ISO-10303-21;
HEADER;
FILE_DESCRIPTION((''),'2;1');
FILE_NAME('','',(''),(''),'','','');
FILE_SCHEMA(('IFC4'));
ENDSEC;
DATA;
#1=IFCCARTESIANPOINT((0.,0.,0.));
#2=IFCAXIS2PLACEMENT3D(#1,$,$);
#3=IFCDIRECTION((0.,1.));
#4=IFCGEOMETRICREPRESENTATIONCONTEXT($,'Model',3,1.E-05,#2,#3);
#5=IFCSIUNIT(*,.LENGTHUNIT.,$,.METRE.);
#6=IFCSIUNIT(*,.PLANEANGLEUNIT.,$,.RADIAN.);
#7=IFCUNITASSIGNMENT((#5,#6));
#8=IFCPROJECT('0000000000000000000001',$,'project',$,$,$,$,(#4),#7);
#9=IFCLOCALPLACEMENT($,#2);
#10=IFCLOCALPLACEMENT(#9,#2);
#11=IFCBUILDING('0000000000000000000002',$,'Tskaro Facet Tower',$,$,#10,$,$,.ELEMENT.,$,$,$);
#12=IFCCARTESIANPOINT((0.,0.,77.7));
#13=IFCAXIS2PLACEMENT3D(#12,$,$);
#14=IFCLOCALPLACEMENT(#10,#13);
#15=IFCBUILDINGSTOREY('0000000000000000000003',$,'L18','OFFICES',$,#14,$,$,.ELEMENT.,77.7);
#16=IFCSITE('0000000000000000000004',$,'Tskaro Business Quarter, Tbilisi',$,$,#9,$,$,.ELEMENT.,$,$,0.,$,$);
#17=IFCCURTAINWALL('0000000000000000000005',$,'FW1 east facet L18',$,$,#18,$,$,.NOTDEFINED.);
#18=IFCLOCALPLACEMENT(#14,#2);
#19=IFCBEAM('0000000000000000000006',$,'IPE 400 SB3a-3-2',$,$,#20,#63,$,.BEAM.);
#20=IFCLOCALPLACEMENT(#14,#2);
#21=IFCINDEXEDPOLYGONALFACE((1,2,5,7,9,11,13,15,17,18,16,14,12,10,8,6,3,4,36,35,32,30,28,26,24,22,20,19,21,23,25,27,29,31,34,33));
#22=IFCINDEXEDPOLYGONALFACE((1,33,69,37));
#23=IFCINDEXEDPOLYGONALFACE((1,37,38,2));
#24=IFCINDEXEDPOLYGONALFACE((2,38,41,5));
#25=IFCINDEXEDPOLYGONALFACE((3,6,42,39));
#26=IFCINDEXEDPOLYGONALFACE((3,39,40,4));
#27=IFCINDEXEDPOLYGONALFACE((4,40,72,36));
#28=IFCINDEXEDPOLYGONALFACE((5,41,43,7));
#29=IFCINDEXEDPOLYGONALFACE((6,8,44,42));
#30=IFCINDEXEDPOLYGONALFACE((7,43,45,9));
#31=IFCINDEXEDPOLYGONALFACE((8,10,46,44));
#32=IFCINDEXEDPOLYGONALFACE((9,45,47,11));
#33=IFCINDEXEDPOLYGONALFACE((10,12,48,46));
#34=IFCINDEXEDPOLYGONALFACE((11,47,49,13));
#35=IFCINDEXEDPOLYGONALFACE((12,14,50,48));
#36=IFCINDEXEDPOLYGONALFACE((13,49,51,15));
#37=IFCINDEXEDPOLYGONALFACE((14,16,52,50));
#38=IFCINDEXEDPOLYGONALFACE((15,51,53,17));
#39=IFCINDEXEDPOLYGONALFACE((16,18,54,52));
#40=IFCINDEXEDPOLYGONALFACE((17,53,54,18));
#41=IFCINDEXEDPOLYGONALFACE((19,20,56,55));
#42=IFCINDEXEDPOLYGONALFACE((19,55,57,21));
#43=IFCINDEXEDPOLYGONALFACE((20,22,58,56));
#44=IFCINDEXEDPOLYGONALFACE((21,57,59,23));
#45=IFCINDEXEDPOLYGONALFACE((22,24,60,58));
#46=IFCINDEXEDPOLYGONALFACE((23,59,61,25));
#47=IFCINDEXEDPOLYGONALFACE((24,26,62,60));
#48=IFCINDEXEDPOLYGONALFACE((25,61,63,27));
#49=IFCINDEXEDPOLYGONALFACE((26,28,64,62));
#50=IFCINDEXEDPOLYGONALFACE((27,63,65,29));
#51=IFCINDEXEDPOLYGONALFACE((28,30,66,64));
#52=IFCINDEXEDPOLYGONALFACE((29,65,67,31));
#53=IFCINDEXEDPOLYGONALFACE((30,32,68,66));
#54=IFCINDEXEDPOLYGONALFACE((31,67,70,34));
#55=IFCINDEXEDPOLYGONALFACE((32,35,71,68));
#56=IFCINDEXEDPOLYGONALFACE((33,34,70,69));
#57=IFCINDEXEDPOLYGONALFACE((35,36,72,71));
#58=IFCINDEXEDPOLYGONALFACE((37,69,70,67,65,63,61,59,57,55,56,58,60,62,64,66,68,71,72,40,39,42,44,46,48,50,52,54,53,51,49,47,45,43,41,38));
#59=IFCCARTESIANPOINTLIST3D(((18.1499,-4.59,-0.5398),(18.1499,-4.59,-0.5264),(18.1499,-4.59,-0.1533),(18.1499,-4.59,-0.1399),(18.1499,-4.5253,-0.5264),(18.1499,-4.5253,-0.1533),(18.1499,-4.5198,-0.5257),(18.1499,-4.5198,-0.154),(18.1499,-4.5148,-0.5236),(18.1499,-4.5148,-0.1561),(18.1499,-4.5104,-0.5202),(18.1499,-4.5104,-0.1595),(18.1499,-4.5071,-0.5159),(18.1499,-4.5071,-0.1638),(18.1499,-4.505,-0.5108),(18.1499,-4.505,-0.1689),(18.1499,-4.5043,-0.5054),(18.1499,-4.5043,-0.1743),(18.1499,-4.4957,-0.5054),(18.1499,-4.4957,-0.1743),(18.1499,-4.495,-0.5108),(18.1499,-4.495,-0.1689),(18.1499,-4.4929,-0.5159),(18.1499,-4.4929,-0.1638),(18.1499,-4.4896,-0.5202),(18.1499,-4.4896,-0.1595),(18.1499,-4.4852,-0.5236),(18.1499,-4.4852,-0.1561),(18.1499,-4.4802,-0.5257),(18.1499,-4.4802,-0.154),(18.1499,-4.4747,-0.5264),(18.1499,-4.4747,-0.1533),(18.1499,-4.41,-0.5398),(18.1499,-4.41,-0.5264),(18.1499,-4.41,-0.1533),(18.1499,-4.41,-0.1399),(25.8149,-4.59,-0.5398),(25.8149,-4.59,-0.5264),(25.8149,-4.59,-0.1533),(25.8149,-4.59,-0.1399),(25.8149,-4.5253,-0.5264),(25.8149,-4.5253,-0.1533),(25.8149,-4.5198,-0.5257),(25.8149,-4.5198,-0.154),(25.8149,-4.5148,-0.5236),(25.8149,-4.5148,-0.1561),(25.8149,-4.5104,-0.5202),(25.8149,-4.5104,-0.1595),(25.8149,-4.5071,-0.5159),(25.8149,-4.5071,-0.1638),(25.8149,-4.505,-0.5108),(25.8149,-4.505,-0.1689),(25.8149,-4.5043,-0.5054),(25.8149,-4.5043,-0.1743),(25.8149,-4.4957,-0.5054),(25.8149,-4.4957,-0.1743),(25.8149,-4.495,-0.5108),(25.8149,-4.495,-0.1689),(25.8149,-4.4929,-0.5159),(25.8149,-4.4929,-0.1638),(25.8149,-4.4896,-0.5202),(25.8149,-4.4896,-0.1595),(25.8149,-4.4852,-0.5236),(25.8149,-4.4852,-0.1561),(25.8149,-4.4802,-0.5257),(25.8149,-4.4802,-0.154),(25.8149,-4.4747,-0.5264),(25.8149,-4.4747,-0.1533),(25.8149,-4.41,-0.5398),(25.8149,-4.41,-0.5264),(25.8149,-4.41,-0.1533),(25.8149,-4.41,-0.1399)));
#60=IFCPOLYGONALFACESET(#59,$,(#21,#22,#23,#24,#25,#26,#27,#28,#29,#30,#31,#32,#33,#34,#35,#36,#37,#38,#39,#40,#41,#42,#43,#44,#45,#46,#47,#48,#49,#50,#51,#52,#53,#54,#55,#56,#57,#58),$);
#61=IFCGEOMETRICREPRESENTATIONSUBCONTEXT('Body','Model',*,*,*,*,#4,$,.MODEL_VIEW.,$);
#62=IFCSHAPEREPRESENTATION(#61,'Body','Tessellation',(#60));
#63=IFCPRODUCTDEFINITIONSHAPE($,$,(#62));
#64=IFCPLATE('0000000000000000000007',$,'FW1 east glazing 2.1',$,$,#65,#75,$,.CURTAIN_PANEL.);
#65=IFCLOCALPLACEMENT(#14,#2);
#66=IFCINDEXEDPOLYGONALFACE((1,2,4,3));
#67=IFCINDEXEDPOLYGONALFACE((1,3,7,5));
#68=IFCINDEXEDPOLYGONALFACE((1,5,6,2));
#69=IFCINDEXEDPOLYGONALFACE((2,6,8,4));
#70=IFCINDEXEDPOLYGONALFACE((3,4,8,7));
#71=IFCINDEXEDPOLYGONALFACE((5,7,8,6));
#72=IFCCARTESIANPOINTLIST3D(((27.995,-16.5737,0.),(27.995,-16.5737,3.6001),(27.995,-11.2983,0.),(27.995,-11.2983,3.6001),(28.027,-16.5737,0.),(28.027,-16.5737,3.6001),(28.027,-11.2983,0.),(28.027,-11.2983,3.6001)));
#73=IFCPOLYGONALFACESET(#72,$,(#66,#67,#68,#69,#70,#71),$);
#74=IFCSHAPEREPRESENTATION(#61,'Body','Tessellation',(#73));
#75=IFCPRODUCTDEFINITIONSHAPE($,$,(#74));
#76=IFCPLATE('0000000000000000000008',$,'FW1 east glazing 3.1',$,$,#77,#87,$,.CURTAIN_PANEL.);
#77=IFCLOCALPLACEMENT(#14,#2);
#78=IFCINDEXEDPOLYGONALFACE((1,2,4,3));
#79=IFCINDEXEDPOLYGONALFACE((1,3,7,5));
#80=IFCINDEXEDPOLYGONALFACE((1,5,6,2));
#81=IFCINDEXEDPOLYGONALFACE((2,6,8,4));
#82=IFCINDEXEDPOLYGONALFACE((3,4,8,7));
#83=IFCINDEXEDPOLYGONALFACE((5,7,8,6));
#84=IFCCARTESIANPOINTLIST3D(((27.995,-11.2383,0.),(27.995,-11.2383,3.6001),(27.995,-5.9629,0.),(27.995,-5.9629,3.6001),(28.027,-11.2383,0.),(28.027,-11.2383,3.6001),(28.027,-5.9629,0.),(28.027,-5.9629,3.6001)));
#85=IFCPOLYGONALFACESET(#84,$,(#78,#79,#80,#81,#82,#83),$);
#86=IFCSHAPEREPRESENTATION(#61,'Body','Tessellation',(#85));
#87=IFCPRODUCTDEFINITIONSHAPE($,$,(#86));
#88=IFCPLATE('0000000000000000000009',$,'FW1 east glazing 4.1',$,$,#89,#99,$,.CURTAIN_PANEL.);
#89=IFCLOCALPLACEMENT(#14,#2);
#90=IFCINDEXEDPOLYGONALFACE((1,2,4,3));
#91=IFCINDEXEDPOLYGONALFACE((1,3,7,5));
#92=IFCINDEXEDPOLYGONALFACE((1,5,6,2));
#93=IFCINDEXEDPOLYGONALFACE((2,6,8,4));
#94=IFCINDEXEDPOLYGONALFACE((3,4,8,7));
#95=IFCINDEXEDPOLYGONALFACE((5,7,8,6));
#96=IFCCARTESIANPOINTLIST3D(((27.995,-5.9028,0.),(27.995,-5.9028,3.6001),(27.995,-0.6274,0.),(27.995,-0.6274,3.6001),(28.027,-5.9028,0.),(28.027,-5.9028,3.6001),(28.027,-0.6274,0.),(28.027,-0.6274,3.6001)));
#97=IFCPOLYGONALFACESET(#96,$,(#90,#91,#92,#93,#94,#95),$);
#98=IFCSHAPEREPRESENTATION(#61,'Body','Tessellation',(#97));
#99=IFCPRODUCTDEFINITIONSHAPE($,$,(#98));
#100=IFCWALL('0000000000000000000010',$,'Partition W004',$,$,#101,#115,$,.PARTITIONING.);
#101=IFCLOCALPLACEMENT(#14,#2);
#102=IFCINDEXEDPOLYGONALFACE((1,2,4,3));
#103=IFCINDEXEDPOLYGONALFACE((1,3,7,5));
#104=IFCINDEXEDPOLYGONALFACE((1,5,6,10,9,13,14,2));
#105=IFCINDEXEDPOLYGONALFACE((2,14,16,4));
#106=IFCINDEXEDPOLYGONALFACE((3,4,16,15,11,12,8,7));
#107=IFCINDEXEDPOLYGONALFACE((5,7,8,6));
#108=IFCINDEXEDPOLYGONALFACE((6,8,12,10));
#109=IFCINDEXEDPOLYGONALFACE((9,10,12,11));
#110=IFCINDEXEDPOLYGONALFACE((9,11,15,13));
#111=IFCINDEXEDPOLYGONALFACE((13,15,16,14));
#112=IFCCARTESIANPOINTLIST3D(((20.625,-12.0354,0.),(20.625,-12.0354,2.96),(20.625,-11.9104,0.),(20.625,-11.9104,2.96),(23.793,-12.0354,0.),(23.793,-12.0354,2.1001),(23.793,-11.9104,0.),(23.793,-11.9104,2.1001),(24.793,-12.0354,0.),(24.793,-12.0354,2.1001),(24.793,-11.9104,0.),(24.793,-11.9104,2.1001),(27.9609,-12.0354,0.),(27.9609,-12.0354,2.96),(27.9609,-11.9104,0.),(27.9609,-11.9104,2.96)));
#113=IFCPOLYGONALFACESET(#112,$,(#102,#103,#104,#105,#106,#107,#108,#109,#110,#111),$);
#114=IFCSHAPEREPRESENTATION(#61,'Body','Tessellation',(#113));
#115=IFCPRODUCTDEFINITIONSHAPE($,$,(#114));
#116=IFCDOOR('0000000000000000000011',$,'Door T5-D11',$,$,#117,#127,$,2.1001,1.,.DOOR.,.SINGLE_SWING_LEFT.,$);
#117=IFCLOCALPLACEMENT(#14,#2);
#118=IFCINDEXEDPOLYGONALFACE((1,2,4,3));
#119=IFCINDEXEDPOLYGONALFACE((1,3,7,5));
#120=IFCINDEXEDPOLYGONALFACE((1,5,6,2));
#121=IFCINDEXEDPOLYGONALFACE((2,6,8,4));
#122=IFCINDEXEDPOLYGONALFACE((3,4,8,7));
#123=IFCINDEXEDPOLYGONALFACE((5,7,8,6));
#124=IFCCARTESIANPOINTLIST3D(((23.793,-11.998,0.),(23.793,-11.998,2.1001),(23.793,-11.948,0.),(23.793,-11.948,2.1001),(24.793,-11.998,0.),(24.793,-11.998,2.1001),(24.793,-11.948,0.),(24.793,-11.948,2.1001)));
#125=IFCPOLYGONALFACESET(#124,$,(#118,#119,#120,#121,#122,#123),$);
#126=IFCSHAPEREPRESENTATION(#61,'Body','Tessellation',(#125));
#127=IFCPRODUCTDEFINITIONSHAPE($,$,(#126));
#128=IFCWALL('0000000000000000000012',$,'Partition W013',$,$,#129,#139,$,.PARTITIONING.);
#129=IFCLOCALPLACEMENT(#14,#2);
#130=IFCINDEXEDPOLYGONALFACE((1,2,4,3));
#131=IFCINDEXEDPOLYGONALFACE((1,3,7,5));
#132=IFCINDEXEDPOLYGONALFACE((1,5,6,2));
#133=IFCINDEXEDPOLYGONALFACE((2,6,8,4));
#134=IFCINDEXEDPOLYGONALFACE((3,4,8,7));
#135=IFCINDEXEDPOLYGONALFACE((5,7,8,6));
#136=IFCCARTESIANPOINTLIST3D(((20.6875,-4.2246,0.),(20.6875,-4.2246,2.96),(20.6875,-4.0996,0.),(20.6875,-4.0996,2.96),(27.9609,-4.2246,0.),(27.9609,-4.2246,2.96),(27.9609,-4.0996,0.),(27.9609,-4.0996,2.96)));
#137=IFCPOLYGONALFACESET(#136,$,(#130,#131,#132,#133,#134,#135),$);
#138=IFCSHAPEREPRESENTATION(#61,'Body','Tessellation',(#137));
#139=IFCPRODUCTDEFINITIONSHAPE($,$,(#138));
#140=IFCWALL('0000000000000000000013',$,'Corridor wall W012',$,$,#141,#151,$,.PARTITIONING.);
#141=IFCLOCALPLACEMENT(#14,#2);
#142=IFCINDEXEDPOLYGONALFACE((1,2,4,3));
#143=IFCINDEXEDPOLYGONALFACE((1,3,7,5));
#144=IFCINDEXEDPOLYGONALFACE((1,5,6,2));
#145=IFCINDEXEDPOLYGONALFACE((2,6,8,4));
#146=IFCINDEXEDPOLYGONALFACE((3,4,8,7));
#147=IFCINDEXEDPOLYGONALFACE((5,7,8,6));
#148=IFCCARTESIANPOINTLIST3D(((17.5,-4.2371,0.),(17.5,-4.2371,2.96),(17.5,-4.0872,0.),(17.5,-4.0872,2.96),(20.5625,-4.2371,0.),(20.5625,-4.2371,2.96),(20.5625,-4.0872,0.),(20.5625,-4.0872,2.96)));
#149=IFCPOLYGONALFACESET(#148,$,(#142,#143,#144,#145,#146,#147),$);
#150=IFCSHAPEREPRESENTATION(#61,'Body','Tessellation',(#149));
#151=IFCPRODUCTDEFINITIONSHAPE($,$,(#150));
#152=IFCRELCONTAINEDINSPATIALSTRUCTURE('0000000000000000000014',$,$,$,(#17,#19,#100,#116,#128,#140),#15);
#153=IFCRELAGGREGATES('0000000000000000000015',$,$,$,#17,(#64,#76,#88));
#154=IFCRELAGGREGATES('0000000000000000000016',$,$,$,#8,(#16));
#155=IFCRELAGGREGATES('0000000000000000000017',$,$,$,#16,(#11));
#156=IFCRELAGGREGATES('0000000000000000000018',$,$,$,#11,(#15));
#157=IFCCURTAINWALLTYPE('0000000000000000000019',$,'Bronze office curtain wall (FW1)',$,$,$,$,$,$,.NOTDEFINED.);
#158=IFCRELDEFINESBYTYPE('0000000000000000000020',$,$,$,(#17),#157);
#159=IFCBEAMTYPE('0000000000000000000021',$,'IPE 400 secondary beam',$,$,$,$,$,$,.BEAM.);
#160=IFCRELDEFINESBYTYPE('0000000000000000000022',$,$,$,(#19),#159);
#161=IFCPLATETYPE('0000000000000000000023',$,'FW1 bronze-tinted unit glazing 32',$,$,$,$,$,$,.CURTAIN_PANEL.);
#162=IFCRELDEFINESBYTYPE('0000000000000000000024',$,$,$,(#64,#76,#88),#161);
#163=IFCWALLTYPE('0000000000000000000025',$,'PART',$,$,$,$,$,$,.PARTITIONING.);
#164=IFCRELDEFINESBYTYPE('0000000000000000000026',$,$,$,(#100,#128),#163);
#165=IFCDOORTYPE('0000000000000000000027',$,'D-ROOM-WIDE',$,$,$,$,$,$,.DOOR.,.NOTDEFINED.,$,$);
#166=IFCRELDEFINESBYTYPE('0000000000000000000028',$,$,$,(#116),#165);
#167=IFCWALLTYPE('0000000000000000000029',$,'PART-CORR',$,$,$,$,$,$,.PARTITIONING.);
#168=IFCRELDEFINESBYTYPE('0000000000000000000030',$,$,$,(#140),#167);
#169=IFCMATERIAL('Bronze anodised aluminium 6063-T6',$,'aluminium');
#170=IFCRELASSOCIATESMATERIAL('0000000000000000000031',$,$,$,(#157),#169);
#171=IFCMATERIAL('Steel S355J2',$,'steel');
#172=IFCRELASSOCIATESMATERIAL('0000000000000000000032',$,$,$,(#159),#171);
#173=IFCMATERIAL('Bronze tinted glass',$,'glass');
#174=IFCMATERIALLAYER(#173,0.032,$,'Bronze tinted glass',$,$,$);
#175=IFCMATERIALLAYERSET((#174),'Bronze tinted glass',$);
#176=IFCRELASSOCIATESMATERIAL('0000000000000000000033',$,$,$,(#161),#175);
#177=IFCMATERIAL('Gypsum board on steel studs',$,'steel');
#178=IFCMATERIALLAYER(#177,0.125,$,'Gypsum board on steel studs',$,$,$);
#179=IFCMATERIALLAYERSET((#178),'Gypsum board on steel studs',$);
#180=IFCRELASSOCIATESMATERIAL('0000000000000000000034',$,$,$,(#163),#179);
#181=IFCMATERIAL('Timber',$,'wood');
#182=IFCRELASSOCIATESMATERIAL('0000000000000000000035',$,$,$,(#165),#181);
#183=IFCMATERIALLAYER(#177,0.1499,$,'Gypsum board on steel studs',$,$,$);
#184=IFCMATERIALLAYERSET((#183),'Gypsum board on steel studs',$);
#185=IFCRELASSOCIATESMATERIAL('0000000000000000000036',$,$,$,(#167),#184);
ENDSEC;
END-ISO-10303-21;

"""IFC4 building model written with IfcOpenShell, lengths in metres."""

from ifc_helpers import new_model, si_unit, direction, frame, frame_2d, origin, origin_2d, place, context, subcontext, project, spatial, rectangle, i_section, extrude, material, layer, layer_set, material_profile, profile_set, type_object, element, fill, aggregate, save


model = new_model("IFC4")

# Units and contexts
model_context = context("Model", 3, precision=1e-05, world=origin(), true_north=direction((0.0, 1.0)))
body_context = subcontext(model_context, "Body", "Model", "MODEL_VIEW")
ifc_project = project(units=[si_unit("LENGTHUNIT", "METRE"), si_unit("PLANEANGLEUNIT", "RADIAN")], contexts=[model_context])

# Site, building, storey
site_placement = place(None, origin())
site = spatial("IfcSite", under=ifc_project, at=site_placement, Name="Tskaro Business Quarter, Tbilisi", CompositionType="ELEMENT", RefElevation=0.0)
building_placement = place(site_placement, origin())
building = spatial("IfcBuilding", under=site, at=building_placement, Name="Tskaro Facet Tower", CompositionType="ELEMENT")
storey_placement = place(building_placement, frame((0.0, 0.0, 77.7)))
storey = spatial("IfcBuildingStorey", under=building, at=storey_placement, Name="L18", Description="OFFICES", CompositionType="ELEMENT", Elevation=77.7)

# Curtain wall
ifc_material_1 = material(Name="Bronze anodised aluminium 6063-T6", Category="aluminium")
curtain_wall_type = type_object("IfcCurtainWallType", Name="Bronze office curtain wall (FW1)", PredefinedType="NOTDEFINED", material=ifc_material_1)
curtain_wall_placement = place(storey_placement, origin())
curtain_wall = element("IfcCurtainWall", 1, at=curtain_wall_placement, inside=storey, type_object=curtain_wall_type, Name="FW1 east facet L18", PredefinedType="NOTDEFINED")

# Beam
ifc_material_2 = material(Name="Steel S355J2", Category="steel")
ifc_material_profile_1 = material_profile(ifc_material_2, i_section(OverallWidth=0.1799, OverallDepth=0.3999, WebThickness=0.0085, FlangeThickness=0.0134, FilletRadius=0.021, at=origin_2d()), Name="IPE 400")
ifc_profile_set_1 = profile_set([ifc_material_profile_1], Name="Steel S355J2")
beam_type_1 = type_object("IfcBeamType", Name="IPE 400 secondary beam", PredefinedType="BEAM", material=ifc_profile_set_1)
for number, where, z_axis, x_axis, name in (
    (2, (18.1499, -4.5, -0.3398), (1.0, 0.0, 0.0), (0.0, 1.0, 0.0), "IPE 400 SB3a-3-2"),
):
    element("IfcBeam", number, at=place(storey_placement, frame(where, z_axis=z_axis, x_axis=x_axis)), inside=storey, type_object=beam_type_1, Name=name, PredefinedType="BEAM", context=body_context, shape_type="SweptSolid", body=[
        extrude(i_section(OverallWidth=0.1799, OverallDepth=0.3999, WebThickness=0.0085, FlangeThickness=0.0134, FilletRadius=0.021, at=origin_2d()), origin(), (0.0, 0.0, 1.0), 7.665),
    ])

# Plates
ifc_material_3 = material(Name="Bronze tinted glass", Category="glass")
ifc_layer_1 = layer(ifc_material_3, 0.032, Name="Bronze tinted glass")
ifc_layer_set_1 = layer_set([ifc_layer_1], Name="Bronze tinted glass")
plate_type = type_object("IfcPlateType", Name="FW1 bronze-tinted unit glazing 32", PredefinedType="CURTAIN_PANEL", material=ifc_layer_set_1)
plate_1_placement = place(storey_placement, frame((28.011, -13.936, 0.0), z_axis=(0.0, 0.0, 1.0), x_axis=(0.0, 1.0, 0.0)))
plate_1 = element("IfcPlate", 3, at=plate_1_placement, type_object=plate_type, Name="FW1 east glazing 2.1", PredefinedType="CURTAIN_PANEL", context=body_context, shape_type="SweptSolid", body=[
    extrude(rectangle(XDim=5.2754, YDim=0.032, at=origin_2d()), origin(), (0.0, 0.0, 1.0), 3.6001),
])
plate_2_placement = place(storey_placement, frame((28.011, -8.6006, 0.0), z_axis=(0.0, 0.0, 1.0), x_axis=(0.0, 1.0, 0.0)))
plate_2 = element("IfcPlate", 4, at=plate_2_placement, type_object=plate_type, Name="FW1 east glazing 3.1", PredefinedType="CURTAIN_PANEL", context=body_context, shape_type="SweptSolid", body=[
    extrude(rectangle(XDim=5.2754, YDim=0.032, at=origin_2d()), origin(), (0.0, 0.0, 1.0), 3.6001),
])
plate_3_placement = place(storey_placement, frame((28.011, -3.2651, 0.0), z_axis=(0.0, 0.0, 1.0), x_axis=(0.0, 1.0, 0.0)))
plate_3 = element("IfcPlate", 5, at=plate_3_placement, type_object=plate_type, Name="FW1 east glazing 4.1", PredefinedType="CURTAIN_PANEL", context=body_context, shape_type="SweptSolid", body=[
    extrude(rectangle(XDim=5.2754, YDim=0.032, at=origin_2d()), origin(), (0.0, 0.0, 1.0), 3.6001),
])
aggregate(curtain_wall, [plate_1, plate_2, plate_3])

# Wall, opening, door
ifc_material_4 = material(Name="Gypsum board on steel studs", Category="steel")
ifc_layer_2 = layer(ifc_material_4, 0.125, Name="Gypsum board on steel studs")
ifc_layer_set_2 = layer_set([ifc_layer_2], Name="Gypsum board on steel studs")
wall_type_1 = type_object("IfcWallType", Name="PART", PredefinedType="PARTITIONING", material=ifc_layer_set_2)
wall_1_placement = place(storey_placement, frame((20.625, -11.9729, 0.0), z_axis=(0.0, 0.0, 1.0), x_axis=(1.0, 0.0, 0.0)))
wall_1 = element("IfcWall", 6, at=wall_1_placement, inside=storey, type_object=wall_type_1, Name="Partition W004", PredefinedType="PARTITIONING", context=body_context, shape_type="SweptSolid", body=[
    extrude(rectangle(XDim=7.3359, YDim=0.125, at=frame_2d((3.668, 0.0))), origin(), (0.0, 0.0, 1.0), 2.96),
])
opening_1_placement = place(wall_1_placement, frame((3.168, 0.0, 0.0)))
opening_1 = element("IfcOpeningElement", 7, at=opening_1_placement, cuts=wall_1, PredefinedType="OPENING", context=body_context, shape_type="SweptSolid", body=[
    extrude(rectangle(XDim=1.0, YDim=2.1001, at=frame_2d((0.5, 1.05))), frame((0.0, 0.0725, 0.0), z_axis=(0.0, -1.0, 0.0), x_axis=(1.0, 0.0, 0.0)), (0.0, 0.0, 1.0), 0.145),
])
ifc_material_5 = material(Name="Timber", Category="wood")
door_type_1 = type_object("IfcDoorType", Name="D-ROOM-WIDE", OperationType="NOTDEFINED", PredefinedType="DOOR", material=ifc_material_5)
door_1_placement = place(opening_1_placement, origin())
door_1 = element("IfcDoor", 8, at=door_1_placement, inside=storey, type_object=door_type_1, Name="Door T5-D11", OperationType="SINGLE_SWING_LEFT", OverallHeight=2.1001, OverallWidth=1.0, PredefinedType="DOOR", context=body_context, shape_type="SweptSolid", body=[
    extrude(rectangle(XDim=1.0, YDim=2.1001, at=frame_2d((0.5, 1.05))), frame((0.0, 0.0249, 0.0), z_axis=(0.0, -1.0, 0.0), x_axis=(1.0, 0.0, 0.0)), (0.0, 0.0, 1.0), 0.05),
])
fill(opening_1, door_1)

# Walls
wall_2_placement = place(storey_placement, frame((20.6875, -4.1621, 0.0), z_axis=(0.0, 0.0, 1.0), x_axis=(1.0, 0.0, 0.0)))
element("IfcWall", 9, at=wall_2_placement, inside=storey, type_object=wall_type_1, Name="Partition W013", PredefinedType="PARTITIONING", context=body_context, shape_type="SweptSolid", body=[
    extrude(rectangle(XDim=7.2734, YDim=0.125, at=frame_2d((3.6367, 0.0))), origin(), (0.0, 0.0, 1.0), 2.96),
])
ifc_layer_3 = layer(ifc_material_4, 0.1499, Name="Gypsum board on steel studs")
ifc_layer_set_3 = layer_set([ifc_layer_3], Name="Gypsum board on steel studs")
wall_type_2 = type_object("IfcWallType", Name="PART-CORR", PredefinedType="PARTITIONING", material=ifc_layer_set_3)
wall_3_placement = place(storey_placement, frame((17.5, -4.1621, 0.0), z_axis=(0.0, 0.0, 1.0), x_axis=(1.0, 0.0, 0.0)))
element("IfcWall", 10, at=wall_3_placement, inside=storey, type_object=wall_type_2, Name="Corridor wall W012", PredefinedType="PARTITIONING", context=body_context, shape_type="SweptSolid", body=[
    extrude(rectangle(XDim=3.0625, YDim=0.1499, at=frame_2d((1.5312, 0.0))), origin(), (0.0, 0.0, 1.0), 2.96),
])

save(model, "model.ifc")
